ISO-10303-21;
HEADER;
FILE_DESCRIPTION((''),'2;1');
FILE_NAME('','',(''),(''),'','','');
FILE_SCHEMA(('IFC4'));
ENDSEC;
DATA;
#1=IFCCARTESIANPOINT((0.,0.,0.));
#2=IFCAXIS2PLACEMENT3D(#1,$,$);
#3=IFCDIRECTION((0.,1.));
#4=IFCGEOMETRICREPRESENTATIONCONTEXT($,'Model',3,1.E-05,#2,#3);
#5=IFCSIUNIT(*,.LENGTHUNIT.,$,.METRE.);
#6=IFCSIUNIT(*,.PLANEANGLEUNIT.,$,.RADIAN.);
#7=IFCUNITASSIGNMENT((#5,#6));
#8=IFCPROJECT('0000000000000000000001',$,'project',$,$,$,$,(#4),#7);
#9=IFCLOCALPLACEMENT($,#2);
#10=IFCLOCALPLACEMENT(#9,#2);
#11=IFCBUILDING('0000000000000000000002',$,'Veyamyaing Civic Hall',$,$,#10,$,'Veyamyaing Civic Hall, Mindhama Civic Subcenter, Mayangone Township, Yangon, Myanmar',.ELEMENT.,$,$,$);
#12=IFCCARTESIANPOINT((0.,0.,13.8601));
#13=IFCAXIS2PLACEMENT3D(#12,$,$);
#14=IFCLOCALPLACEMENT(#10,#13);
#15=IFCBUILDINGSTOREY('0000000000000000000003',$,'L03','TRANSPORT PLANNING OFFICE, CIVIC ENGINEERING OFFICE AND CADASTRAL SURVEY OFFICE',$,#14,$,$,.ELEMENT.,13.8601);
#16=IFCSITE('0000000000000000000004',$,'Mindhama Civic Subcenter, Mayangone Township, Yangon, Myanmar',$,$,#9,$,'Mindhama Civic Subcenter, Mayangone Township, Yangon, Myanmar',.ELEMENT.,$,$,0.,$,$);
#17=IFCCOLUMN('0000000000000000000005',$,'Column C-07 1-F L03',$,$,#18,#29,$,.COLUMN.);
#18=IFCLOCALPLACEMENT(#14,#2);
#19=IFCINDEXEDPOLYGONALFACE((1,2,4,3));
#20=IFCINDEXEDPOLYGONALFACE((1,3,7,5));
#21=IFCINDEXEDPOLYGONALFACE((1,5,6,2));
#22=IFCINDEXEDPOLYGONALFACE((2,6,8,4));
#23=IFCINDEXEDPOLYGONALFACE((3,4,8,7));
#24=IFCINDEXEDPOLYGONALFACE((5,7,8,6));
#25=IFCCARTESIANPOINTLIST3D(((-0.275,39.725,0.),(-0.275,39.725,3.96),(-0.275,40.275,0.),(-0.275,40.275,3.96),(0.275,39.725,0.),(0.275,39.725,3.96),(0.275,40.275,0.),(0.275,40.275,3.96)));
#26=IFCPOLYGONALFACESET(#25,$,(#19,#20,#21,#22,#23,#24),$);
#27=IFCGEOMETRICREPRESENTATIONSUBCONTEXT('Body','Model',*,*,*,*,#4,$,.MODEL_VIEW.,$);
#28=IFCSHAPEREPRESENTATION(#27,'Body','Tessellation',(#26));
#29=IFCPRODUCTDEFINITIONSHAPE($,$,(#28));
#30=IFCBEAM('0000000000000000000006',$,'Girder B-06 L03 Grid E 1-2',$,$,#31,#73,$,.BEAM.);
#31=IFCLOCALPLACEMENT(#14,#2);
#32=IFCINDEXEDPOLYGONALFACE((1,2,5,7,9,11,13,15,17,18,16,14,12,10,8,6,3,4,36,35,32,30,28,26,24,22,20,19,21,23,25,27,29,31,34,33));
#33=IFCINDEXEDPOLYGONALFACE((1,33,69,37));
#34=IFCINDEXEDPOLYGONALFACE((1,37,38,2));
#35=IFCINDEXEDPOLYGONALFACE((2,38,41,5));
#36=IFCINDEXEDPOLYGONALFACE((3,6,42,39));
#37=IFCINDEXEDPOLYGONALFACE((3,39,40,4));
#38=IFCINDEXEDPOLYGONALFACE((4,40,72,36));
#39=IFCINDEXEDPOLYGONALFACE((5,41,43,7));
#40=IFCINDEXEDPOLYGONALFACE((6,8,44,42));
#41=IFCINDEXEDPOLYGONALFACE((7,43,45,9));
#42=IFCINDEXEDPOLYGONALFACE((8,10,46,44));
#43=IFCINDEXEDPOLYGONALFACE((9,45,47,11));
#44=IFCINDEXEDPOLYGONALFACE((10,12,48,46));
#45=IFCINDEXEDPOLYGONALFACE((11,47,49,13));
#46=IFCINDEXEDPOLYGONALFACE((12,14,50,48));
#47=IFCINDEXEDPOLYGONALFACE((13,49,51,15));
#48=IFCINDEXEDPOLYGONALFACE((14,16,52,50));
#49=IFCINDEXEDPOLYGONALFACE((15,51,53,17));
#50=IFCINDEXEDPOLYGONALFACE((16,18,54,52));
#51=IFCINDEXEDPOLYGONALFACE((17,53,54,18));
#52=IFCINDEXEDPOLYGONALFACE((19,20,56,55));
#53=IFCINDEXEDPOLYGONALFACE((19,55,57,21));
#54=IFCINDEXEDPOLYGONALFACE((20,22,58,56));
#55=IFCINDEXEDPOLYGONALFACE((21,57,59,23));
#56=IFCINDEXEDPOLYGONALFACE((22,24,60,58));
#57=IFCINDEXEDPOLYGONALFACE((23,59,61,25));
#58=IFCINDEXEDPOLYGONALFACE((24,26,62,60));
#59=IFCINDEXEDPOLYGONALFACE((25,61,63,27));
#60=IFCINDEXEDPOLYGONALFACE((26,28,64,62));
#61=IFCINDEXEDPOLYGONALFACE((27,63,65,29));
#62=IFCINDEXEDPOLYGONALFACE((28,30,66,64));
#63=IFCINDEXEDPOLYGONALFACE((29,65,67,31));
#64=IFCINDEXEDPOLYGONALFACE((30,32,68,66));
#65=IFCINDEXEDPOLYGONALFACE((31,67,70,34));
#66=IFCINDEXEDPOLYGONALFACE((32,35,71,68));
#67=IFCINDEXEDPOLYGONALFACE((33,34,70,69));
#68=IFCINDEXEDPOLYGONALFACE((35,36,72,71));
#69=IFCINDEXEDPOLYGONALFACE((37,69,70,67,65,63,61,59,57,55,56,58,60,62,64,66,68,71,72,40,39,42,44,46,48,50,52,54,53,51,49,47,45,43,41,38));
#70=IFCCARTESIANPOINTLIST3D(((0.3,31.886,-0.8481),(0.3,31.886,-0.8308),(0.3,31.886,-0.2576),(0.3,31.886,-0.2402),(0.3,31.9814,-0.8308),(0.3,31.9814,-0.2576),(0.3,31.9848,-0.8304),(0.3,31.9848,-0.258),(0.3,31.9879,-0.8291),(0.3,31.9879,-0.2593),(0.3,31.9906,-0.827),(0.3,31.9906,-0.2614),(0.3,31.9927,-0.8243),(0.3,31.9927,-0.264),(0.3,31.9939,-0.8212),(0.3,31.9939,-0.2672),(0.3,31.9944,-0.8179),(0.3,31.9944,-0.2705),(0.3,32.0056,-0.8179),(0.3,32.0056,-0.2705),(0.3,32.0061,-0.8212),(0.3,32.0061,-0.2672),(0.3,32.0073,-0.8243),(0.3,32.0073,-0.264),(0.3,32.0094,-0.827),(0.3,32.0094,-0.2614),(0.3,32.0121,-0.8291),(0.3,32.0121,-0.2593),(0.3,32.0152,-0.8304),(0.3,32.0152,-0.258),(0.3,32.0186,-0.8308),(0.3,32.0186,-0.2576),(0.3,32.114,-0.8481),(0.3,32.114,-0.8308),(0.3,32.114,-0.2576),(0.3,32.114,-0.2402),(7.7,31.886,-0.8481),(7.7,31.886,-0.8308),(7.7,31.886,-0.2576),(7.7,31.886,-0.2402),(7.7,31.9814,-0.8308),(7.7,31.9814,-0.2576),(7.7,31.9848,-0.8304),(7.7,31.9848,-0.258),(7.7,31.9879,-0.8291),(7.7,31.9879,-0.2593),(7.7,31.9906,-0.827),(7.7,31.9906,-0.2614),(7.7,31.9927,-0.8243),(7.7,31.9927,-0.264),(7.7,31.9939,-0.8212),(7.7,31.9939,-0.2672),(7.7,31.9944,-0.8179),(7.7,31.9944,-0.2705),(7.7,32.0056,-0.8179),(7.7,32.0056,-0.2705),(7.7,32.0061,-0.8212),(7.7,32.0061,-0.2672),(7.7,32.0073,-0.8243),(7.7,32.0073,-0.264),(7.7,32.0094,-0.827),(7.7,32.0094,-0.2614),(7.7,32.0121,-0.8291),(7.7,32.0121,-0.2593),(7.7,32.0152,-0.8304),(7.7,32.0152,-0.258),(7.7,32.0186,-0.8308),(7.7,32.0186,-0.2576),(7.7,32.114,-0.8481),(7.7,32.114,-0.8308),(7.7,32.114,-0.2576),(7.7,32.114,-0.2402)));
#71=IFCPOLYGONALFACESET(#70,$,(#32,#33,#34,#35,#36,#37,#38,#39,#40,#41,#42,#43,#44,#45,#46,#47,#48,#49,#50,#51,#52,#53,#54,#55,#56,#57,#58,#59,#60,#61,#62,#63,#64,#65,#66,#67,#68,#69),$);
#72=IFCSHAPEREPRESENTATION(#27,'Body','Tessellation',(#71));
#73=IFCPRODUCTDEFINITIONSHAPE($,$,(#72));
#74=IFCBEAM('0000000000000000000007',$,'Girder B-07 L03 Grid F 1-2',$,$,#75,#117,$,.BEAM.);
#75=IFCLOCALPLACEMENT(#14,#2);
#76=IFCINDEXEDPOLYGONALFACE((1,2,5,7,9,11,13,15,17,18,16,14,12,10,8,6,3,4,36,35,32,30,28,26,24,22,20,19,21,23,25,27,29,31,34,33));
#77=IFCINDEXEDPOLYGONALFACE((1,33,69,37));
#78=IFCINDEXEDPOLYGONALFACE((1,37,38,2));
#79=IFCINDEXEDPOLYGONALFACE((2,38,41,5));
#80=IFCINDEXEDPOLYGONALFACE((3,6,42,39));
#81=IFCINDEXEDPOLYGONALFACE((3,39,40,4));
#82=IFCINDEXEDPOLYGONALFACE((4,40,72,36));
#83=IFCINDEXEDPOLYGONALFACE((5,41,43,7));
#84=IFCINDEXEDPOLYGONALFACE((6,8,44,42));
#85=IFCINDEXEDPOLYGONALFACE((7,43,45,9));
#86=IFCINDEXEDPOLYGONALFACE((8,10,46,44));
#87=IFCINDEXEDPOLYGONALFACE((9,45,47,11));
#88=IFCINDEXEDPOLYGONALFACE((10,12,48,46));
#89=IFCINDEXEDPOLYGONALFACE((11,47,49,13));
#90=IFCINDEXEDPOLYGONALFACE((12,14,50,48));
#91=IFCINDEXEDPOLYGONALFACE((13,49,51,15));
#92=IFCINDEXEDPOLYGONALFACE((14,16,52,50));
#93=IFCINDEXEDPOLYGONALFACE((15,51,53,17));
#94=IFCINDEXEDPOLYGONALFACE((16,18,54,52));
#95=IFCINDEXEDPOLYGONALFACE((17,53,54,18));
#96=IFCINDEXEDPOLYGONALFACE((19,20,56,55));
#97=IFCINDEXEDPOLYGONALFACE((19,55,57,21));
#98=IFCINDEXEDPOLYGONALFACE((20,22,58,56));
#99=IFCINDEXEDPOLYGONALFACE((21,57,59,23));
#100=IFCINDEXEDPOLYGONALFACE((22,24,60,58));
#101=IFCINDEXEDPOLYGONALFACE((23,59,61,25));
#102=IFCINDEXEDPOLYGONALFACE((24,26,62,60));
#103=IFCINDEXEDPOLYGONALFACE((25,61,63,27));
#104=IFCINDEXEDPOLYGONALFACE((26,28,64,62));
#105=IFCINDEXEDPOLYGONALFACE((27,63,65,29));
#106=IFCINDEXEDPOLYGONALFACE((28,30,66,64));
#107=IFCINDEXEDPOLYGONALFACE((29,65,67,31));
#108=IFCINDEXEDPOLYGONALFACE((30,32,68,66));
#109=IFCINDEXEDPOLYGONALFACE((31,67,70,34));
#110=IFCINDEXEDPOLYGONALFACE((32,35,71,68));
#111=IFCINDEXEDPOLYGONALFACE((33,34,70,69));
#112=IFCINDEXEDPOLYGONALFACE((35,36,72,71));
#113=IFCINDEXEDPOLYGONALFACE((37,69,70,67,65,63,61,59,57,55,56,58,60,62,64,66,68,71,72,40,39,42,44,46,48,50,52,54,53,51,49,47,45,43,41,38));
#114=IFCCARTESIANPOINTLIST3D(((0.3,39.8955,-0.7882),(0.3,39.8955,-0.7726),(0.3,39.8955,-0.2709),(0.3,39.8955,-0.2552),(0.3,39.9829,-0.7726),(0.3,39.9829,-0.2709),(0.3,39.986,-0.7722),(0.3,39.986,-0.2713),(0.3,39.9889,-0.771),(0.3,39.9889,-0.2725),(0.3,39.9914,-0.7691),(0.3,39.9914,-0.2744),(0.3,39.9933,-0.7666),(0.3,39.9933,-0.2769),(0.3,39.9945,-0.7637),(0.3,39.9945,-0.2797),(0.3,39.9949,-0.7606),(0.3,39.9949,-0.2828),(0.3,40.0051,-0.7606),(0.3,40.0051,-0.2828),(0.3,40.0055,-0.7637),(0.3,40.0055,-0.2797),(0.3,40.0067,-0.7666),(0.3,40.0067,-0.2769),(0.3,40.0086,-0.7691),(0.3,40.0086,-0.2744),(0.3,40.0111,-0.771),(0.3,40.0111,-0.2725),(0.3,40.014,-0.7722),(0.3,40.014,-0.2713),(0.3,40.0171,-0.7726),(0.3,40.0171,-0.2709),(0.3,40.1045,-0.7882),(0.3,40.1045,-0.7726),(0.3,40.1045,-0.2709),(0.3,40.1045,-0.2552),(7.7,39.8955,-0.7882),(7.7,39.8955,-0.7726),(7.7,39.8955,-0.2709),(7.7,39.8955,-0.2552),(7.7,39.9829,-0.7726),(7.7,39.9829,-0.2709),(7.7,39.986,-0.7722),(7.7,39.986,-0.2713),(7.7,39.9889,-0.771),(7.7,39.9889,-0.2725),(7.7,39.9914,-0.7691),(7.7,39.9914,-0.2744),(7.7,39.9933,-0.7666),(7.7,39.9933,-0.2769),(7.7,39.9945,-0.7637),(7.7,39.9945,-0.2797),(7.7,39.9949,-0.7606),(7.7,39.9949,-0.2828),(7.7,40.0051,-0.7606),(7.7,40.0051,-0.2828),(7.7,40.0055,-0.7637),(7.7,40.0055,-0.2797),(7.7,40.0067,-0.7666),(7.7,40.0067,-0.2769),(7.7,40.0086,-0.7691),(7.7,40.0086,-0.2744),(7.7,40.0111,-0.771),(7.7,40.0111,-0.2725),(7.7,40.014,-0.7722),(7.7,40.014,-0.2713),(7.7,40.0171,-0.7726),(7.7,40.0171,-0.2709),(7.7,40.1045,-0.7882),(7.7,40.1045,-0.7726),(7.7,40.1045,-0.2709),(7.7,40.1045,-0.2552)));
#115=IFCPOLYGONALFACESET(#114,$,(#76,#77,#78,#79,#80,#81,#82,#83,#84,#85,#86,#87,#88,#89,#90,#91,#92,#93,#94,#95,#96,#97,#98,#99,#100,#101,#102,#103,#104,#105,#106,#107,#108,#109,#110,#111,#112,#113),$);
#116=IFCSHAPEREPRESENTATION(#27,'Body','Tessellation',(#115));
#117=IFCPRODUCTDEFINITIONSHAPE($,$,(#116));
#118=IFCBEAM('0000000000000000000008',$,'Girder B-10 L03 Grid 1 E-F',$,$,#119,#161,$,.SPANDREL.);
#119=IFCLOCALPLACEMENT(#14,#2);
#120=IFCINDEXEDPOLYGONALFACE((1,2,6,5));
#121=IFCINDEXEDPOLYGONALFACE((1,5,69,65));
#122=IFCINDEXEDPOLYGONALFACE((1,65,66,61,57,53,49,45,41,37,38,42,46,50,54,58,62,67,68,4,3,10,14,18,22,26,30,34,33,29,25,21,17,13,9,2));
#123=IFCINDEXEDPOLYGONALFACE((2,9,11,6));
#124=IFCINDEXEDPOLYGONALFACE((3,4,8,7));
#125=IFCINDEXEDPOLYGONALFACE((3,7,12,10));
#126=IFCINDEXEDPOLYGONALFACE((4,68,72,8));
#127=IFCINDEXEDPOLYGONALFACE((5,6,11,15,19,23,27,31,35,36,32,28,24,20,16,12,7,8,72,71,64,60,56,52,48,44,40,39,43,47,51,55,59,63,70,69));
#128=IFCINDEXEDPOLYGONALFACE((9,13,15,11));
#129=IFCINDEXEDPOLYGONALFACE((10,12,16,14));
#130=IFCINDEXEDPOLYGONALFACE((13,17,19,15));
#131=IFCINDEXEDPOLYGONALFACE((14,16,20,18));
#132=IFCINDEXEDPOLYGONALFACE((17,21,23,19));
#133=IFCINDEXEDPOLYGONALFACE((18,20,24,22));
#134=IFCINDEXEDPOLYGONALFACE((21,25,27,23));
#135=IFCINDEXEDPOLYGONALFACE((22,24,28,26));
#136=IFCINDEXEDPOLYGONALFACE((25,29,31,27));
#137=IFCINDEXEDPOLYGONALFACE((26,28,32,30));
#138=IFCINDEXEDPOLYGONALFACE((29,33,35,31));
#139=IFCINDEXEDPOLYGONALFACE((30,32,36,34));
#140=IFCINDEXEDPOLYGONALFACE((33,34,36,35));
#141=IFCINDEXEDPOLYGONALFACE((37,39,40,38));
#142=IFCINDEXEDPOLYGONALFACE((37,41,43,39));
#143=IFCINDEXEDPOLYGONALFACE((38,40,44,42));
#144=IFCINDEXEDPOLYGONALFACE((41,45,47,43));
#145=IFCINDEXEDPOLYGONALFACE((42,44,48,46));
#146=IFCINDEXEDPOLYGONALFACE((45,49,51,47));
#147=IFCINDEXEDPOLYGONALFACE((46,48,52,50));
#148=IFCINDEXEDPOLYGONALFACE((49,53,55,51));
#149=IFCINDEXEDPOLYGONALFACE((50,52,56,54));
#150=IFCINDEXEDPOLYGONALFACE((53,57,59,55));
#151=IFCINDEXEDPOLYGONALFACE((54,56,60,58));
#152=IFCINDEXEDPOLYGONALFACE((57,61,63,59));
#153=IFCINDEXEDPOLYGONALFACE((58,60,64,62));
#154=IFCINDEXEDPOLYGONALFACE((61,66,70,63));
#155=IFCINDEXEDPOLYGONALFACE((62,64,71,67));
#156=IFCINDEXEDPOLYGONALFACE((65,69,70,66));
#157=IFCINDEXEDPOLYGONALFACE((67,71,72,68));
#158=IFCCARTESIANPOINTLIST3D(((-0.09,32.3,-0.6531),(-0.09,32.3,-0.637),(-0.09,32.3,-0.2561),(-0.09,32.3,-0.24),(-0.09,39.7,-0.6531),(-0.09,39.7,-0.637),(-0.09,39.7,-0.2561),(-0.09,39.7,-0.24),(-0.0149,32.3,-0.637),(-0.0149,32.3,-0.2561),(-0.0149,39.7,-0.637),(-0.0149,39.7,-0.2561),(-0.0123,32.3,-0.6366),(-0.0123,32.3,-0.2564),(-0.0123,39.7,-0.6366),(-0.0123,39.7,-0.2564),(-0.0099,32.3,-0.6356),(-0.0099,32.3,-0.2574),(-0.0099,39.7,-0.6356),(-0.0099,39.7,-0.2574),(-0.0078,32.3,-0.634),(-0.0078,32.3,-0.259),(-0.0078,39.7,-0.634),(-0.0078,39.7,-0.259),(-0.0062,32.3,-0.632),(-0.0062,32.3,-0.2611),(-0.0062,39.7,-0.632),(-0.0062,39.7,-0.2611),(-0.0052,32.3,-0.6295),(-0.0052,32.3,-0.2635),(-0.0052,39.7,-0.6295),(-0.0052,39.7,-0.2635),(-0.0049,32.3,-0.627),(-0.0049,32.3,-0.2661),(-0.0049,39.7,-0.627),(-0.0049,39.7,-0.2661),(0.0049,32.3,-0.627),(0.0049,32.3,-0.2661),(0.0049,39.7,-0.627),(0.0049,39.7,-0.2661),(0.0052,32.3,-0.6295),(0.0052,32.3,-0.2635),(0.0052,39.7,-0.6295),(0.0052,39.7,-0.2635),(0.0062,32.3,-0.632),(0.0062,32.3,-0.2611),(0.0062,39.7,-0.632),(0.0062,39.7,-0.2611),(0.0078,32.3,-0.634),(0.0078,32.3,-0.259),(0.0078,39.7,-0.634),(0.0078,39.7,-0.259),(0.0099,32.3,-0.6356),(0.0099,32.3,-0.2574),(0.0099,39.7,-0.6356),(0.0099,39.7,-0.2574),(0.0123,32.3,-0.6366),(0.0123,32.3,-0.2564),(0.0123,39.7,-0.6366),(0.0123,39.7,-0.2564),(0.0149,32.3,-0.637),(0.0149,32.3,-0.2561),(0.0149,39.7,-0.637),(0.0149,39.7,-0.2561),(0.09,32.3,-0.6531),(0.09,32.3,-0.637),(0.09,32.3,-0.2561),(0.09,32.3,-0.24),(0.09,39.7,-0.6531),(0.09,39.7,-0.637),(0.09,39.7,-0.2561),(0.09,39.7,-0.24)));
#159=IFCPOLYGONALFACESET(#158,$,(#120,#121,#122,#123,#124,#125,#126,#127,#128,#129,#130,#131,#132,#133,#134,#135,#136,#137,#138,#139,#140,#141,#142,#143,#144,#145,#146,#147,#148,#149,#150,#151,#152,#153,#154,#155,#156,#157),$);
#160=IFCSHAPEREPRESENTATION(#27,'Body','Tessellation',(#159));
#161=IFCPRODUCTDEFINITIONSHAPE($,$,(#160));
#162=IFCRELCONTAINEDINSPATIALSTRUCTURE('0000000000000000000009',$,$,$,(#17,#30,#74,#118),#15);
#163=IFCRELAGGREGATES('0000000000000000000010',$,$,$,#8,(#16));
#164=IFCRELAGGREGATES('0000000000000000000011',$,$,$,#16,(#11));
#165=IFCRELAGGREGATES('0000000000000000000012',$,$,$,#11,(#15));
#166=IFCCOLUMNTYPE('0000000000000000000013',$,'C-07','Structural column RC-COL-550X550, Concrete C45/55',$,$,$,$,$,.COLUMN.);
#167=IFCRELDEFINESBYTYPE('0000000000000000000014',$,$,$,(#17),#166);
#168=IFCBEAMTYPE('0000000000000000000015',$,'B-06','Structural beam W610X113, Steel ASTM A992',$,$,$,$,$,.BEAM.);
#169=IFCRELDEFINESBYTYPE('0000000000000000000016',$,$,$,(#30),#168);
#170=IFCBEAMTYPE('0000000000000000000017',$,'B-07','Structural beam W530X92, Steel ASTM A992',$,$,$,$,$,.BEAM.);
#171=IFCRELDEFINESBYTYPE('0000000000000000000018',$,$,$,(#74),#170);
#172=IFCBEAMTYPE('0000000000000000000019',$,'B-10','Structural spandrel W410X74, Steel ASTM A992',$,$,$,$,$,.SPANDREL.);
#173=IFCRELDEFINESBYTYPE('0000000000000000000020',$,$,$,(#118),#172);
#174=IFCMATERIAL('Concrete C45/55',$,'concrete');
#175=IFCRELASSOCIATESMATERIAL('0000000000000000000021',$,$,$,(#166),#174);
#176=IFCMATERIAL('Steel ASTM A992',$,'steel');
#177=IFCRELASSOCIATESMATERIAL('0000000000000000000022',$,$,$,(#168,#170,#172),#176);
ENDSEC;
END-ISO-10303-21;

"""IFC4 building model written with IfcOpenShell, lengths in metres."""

from ifc_helpers import new_model, si_unit, direction, frame, origin, origin_2d, place, context, subcontext, project, spatial, rectangle, i_section, extrude, material, material_profile, profile_set, type_object, element, save


model = new_model("IFC4")

# Units and contexts
model_context = context("Model", 3, precision=1e-05, world=origin(), true_north=direction((0.0, 1.0)))
body_context = subcontext(model_context, "Body", "Model", "MODEL_VIEW")
ifc_project = project(units=[si_unit("LENGTHUNIT", "METRE"), si_unit("PLANEANGLEUNIT", "RADIAN")], contexts=[model_context])

# Site, building, storey
site_placement = place(None, origin())
site = spatial("IfcSite", under=ifc_project, at=site_placement, Name="Mindhama Civic Subcenter, Mayangone Township, Yangon, Myanmar", LongName="Mindhama Civic Subcenter, Mayangone Township, Yangon, Myanmar", CompositionType="ELEMENT", RefElevation=0.0)
building_placement = place(site_placement, origin())
building = spatial("IfcBuilding", under=site, at=building_placement, Name="Veyamyaing Civic Hall", LongName="Veyamyaing Civic Hall, Mindhama Civic Subcenter, Mayangone Township, Yangon, Myanmar", CompositionType="ELEMENT")
storey_placement = place(building_placement, frame((0.0, 0.0, 13.8601)))
storey = spatial("IfcBuildingStorey", under=building, at=storey_placement, Name="L03", Description="TRANSPORT PLANNING OFFICE, CIVIC ENGINEERING OFFICE AND CADASTRAL SURVEY OFFICE", CompositionType="ELEMENT", Elevation=13.8601)

# Column
ifc_material_1 = material(Name="Concrete C45/55", Category="concrete")
ifc_material_profile_1 = material_profile(ifc_material_1, rectangle(XDim=0.55, YDim=0.55, at=origin_2d()), Name="RC-COL-550X550")
ifc_profile_set_1 = profile_set([ifc_material_profile_1], Name="Concrete C45/55")
column_type = type_object("IfcColumnType", Name="C-07", Description="Structural column RC-COL-550X550, Concrete C45/55", PredefinedType="COLUMN", material=ifc_profile_set_1)
column_placement = place(storey_placement, frame((0.0, 40.0, 0.0), z_axis=(0.0, 0.0, 1.0), x_axis=(1.0, 0.0, 0.0)))
element("IfcColumn", 1, at=column_placement, inside=storey, type_object=column_type, Name="Column C-07 1-F L03", PredefinedType="COLUMN", context=body_context, shape_type="SweptSolid", body=[
    extrude(rectangle(XDim=0.55, YDim=0.55, at=origin_2d()), origin(), (0.0, 0.0, 1.0), 3.96),
])

# Beams
ifc_material_2 = material(Name="Steel ASTM A992", Category="steel")
ifc_material_profile_2 = material_profile(ifc_material_2, i_section(OverallWidth=0.228, OverallDepth=0.6079, WebThickness=0.0112, FlangeThickness=0.0173, FilletRadius=0.0129, at=origin_2d()), Name="W610X113")
ifc_profile_set_2 = profile_set([ifc_material_profile_2], Name="Steel ASTM A992")
beam_type_1 = type_object("IfcBeamType", Name="B-06", Description="Structural beam W610X113, Steel ASTM A992", PredefinedType="BEAM", material=ifc_profile_set_2)
beam_1_placement = place(storey_placement, frame((0.3, 32.0, -0.5442), z_axis=(1.0, 0.0, 0.0), x_axis=(0.0, 1.0, 0.0)))
element("IfcBeam", 2, at=beam_1_placement, inside=storey, type_object=beam_type_1, Name="Girder B-06 L03 Grid E 1-2", PredefinedType="BEAM", context=body_context, shape_type="SweptSolid", body=[
    extrude(i_section(OverallWidth=0.228, OverallDepth=0.6079, WebThickness=0.0112, FlangeThickness=0.0173, FilletRadius=0.0129, at=origin_2d()), origin(), (0.0, 0.0, 1.0), 7.3999),
])
ifc_material_profile_3 = material_profile(ifc_material_2, i_section(OverallWidth=0.209, OverallDepth=0.533, WebThickness=0.0103, FlangeThickness=0.0156, FilletRadius=0.012, at=origin_2d()), Name="W530X92")
ifc_profile_set_3 = profile_set([ifc_material_profile_3], Name="Steel ASTM A992")
beam_type_2 = type_object("IfcBeamType", Name="B-07", Description="Structural beam W530X92, Steel ASTM A992", PredefinedType="BEAM", material=ifc_profile_set_3)
beam_2_placement = place(storey_placement, frame((0.3, 40.0, -0.5217), z_axis=(1.0, 0.0, 0.0), x_axis=(0.0, 1.0, 0.0)))
element("IfcBeam", 3, at=beam_2_placement, inside=storey, type_object=beam_type_2, Name="Girder B-07 L03 Grid F 1-2", PredefinedType="BEAM", context=body_context, shape_type="SweptSolid", body=[
    extrude(i_section(OverallWidth=0.209, OverallDepth=0.533, WebThickness=0.0103, FlangeThickness=0.0156, FilletRadius=0.012, at=origin_2d()), origin(), (0.0, 0.0, 1.0), 7.3999),
])
ifc_material_profile_4 = material_profile(ifc_material_2, i_section(OverallWidth=0.1799, OverallDepth=0.4131, WebThickness=0.0098, FlangeThickness=0.0161, FilletRadius=0.01, at=origin_2d()), Name="W410X74")
ifc_profile_set_4 = profile_set([ifc_material_profile_4], Name="Steel ASTM A992")
beam_type_3 = type_object("IfcBeamType", Name="B-10", Description="Structural spandrel W410X74, Steel ASTM A992", PredefinedType="SPANDREL", material=ifc_profile_set_4)
beam_3_placement = place(storey_placement, frame((0.0, 32.3, -0.4465), z_axis=(0.0, 1.0, 0.0), x_axis=(-1.0, 0.0, 0.0)))
element("IfcBeam", 4, at=beam_3_placement, inside=storey, type_object=beam_type_3, Name="Girder B-10 L03 Grid 1 E-F", PredefinedType="SPANDREL", context=body_context, shape_type="SweptSolid", body=[
    extrude(i_section(OverallWidth=0.1799, OverallDepth=0.4131, WebThickness=0.0098, FlangeThickness=0.0161, FilletRadius=0.01, at=origin_2d()), origin(), (0.0, 0.0, 1.0), 7.3999),
])

save(model, "model.ifc")
